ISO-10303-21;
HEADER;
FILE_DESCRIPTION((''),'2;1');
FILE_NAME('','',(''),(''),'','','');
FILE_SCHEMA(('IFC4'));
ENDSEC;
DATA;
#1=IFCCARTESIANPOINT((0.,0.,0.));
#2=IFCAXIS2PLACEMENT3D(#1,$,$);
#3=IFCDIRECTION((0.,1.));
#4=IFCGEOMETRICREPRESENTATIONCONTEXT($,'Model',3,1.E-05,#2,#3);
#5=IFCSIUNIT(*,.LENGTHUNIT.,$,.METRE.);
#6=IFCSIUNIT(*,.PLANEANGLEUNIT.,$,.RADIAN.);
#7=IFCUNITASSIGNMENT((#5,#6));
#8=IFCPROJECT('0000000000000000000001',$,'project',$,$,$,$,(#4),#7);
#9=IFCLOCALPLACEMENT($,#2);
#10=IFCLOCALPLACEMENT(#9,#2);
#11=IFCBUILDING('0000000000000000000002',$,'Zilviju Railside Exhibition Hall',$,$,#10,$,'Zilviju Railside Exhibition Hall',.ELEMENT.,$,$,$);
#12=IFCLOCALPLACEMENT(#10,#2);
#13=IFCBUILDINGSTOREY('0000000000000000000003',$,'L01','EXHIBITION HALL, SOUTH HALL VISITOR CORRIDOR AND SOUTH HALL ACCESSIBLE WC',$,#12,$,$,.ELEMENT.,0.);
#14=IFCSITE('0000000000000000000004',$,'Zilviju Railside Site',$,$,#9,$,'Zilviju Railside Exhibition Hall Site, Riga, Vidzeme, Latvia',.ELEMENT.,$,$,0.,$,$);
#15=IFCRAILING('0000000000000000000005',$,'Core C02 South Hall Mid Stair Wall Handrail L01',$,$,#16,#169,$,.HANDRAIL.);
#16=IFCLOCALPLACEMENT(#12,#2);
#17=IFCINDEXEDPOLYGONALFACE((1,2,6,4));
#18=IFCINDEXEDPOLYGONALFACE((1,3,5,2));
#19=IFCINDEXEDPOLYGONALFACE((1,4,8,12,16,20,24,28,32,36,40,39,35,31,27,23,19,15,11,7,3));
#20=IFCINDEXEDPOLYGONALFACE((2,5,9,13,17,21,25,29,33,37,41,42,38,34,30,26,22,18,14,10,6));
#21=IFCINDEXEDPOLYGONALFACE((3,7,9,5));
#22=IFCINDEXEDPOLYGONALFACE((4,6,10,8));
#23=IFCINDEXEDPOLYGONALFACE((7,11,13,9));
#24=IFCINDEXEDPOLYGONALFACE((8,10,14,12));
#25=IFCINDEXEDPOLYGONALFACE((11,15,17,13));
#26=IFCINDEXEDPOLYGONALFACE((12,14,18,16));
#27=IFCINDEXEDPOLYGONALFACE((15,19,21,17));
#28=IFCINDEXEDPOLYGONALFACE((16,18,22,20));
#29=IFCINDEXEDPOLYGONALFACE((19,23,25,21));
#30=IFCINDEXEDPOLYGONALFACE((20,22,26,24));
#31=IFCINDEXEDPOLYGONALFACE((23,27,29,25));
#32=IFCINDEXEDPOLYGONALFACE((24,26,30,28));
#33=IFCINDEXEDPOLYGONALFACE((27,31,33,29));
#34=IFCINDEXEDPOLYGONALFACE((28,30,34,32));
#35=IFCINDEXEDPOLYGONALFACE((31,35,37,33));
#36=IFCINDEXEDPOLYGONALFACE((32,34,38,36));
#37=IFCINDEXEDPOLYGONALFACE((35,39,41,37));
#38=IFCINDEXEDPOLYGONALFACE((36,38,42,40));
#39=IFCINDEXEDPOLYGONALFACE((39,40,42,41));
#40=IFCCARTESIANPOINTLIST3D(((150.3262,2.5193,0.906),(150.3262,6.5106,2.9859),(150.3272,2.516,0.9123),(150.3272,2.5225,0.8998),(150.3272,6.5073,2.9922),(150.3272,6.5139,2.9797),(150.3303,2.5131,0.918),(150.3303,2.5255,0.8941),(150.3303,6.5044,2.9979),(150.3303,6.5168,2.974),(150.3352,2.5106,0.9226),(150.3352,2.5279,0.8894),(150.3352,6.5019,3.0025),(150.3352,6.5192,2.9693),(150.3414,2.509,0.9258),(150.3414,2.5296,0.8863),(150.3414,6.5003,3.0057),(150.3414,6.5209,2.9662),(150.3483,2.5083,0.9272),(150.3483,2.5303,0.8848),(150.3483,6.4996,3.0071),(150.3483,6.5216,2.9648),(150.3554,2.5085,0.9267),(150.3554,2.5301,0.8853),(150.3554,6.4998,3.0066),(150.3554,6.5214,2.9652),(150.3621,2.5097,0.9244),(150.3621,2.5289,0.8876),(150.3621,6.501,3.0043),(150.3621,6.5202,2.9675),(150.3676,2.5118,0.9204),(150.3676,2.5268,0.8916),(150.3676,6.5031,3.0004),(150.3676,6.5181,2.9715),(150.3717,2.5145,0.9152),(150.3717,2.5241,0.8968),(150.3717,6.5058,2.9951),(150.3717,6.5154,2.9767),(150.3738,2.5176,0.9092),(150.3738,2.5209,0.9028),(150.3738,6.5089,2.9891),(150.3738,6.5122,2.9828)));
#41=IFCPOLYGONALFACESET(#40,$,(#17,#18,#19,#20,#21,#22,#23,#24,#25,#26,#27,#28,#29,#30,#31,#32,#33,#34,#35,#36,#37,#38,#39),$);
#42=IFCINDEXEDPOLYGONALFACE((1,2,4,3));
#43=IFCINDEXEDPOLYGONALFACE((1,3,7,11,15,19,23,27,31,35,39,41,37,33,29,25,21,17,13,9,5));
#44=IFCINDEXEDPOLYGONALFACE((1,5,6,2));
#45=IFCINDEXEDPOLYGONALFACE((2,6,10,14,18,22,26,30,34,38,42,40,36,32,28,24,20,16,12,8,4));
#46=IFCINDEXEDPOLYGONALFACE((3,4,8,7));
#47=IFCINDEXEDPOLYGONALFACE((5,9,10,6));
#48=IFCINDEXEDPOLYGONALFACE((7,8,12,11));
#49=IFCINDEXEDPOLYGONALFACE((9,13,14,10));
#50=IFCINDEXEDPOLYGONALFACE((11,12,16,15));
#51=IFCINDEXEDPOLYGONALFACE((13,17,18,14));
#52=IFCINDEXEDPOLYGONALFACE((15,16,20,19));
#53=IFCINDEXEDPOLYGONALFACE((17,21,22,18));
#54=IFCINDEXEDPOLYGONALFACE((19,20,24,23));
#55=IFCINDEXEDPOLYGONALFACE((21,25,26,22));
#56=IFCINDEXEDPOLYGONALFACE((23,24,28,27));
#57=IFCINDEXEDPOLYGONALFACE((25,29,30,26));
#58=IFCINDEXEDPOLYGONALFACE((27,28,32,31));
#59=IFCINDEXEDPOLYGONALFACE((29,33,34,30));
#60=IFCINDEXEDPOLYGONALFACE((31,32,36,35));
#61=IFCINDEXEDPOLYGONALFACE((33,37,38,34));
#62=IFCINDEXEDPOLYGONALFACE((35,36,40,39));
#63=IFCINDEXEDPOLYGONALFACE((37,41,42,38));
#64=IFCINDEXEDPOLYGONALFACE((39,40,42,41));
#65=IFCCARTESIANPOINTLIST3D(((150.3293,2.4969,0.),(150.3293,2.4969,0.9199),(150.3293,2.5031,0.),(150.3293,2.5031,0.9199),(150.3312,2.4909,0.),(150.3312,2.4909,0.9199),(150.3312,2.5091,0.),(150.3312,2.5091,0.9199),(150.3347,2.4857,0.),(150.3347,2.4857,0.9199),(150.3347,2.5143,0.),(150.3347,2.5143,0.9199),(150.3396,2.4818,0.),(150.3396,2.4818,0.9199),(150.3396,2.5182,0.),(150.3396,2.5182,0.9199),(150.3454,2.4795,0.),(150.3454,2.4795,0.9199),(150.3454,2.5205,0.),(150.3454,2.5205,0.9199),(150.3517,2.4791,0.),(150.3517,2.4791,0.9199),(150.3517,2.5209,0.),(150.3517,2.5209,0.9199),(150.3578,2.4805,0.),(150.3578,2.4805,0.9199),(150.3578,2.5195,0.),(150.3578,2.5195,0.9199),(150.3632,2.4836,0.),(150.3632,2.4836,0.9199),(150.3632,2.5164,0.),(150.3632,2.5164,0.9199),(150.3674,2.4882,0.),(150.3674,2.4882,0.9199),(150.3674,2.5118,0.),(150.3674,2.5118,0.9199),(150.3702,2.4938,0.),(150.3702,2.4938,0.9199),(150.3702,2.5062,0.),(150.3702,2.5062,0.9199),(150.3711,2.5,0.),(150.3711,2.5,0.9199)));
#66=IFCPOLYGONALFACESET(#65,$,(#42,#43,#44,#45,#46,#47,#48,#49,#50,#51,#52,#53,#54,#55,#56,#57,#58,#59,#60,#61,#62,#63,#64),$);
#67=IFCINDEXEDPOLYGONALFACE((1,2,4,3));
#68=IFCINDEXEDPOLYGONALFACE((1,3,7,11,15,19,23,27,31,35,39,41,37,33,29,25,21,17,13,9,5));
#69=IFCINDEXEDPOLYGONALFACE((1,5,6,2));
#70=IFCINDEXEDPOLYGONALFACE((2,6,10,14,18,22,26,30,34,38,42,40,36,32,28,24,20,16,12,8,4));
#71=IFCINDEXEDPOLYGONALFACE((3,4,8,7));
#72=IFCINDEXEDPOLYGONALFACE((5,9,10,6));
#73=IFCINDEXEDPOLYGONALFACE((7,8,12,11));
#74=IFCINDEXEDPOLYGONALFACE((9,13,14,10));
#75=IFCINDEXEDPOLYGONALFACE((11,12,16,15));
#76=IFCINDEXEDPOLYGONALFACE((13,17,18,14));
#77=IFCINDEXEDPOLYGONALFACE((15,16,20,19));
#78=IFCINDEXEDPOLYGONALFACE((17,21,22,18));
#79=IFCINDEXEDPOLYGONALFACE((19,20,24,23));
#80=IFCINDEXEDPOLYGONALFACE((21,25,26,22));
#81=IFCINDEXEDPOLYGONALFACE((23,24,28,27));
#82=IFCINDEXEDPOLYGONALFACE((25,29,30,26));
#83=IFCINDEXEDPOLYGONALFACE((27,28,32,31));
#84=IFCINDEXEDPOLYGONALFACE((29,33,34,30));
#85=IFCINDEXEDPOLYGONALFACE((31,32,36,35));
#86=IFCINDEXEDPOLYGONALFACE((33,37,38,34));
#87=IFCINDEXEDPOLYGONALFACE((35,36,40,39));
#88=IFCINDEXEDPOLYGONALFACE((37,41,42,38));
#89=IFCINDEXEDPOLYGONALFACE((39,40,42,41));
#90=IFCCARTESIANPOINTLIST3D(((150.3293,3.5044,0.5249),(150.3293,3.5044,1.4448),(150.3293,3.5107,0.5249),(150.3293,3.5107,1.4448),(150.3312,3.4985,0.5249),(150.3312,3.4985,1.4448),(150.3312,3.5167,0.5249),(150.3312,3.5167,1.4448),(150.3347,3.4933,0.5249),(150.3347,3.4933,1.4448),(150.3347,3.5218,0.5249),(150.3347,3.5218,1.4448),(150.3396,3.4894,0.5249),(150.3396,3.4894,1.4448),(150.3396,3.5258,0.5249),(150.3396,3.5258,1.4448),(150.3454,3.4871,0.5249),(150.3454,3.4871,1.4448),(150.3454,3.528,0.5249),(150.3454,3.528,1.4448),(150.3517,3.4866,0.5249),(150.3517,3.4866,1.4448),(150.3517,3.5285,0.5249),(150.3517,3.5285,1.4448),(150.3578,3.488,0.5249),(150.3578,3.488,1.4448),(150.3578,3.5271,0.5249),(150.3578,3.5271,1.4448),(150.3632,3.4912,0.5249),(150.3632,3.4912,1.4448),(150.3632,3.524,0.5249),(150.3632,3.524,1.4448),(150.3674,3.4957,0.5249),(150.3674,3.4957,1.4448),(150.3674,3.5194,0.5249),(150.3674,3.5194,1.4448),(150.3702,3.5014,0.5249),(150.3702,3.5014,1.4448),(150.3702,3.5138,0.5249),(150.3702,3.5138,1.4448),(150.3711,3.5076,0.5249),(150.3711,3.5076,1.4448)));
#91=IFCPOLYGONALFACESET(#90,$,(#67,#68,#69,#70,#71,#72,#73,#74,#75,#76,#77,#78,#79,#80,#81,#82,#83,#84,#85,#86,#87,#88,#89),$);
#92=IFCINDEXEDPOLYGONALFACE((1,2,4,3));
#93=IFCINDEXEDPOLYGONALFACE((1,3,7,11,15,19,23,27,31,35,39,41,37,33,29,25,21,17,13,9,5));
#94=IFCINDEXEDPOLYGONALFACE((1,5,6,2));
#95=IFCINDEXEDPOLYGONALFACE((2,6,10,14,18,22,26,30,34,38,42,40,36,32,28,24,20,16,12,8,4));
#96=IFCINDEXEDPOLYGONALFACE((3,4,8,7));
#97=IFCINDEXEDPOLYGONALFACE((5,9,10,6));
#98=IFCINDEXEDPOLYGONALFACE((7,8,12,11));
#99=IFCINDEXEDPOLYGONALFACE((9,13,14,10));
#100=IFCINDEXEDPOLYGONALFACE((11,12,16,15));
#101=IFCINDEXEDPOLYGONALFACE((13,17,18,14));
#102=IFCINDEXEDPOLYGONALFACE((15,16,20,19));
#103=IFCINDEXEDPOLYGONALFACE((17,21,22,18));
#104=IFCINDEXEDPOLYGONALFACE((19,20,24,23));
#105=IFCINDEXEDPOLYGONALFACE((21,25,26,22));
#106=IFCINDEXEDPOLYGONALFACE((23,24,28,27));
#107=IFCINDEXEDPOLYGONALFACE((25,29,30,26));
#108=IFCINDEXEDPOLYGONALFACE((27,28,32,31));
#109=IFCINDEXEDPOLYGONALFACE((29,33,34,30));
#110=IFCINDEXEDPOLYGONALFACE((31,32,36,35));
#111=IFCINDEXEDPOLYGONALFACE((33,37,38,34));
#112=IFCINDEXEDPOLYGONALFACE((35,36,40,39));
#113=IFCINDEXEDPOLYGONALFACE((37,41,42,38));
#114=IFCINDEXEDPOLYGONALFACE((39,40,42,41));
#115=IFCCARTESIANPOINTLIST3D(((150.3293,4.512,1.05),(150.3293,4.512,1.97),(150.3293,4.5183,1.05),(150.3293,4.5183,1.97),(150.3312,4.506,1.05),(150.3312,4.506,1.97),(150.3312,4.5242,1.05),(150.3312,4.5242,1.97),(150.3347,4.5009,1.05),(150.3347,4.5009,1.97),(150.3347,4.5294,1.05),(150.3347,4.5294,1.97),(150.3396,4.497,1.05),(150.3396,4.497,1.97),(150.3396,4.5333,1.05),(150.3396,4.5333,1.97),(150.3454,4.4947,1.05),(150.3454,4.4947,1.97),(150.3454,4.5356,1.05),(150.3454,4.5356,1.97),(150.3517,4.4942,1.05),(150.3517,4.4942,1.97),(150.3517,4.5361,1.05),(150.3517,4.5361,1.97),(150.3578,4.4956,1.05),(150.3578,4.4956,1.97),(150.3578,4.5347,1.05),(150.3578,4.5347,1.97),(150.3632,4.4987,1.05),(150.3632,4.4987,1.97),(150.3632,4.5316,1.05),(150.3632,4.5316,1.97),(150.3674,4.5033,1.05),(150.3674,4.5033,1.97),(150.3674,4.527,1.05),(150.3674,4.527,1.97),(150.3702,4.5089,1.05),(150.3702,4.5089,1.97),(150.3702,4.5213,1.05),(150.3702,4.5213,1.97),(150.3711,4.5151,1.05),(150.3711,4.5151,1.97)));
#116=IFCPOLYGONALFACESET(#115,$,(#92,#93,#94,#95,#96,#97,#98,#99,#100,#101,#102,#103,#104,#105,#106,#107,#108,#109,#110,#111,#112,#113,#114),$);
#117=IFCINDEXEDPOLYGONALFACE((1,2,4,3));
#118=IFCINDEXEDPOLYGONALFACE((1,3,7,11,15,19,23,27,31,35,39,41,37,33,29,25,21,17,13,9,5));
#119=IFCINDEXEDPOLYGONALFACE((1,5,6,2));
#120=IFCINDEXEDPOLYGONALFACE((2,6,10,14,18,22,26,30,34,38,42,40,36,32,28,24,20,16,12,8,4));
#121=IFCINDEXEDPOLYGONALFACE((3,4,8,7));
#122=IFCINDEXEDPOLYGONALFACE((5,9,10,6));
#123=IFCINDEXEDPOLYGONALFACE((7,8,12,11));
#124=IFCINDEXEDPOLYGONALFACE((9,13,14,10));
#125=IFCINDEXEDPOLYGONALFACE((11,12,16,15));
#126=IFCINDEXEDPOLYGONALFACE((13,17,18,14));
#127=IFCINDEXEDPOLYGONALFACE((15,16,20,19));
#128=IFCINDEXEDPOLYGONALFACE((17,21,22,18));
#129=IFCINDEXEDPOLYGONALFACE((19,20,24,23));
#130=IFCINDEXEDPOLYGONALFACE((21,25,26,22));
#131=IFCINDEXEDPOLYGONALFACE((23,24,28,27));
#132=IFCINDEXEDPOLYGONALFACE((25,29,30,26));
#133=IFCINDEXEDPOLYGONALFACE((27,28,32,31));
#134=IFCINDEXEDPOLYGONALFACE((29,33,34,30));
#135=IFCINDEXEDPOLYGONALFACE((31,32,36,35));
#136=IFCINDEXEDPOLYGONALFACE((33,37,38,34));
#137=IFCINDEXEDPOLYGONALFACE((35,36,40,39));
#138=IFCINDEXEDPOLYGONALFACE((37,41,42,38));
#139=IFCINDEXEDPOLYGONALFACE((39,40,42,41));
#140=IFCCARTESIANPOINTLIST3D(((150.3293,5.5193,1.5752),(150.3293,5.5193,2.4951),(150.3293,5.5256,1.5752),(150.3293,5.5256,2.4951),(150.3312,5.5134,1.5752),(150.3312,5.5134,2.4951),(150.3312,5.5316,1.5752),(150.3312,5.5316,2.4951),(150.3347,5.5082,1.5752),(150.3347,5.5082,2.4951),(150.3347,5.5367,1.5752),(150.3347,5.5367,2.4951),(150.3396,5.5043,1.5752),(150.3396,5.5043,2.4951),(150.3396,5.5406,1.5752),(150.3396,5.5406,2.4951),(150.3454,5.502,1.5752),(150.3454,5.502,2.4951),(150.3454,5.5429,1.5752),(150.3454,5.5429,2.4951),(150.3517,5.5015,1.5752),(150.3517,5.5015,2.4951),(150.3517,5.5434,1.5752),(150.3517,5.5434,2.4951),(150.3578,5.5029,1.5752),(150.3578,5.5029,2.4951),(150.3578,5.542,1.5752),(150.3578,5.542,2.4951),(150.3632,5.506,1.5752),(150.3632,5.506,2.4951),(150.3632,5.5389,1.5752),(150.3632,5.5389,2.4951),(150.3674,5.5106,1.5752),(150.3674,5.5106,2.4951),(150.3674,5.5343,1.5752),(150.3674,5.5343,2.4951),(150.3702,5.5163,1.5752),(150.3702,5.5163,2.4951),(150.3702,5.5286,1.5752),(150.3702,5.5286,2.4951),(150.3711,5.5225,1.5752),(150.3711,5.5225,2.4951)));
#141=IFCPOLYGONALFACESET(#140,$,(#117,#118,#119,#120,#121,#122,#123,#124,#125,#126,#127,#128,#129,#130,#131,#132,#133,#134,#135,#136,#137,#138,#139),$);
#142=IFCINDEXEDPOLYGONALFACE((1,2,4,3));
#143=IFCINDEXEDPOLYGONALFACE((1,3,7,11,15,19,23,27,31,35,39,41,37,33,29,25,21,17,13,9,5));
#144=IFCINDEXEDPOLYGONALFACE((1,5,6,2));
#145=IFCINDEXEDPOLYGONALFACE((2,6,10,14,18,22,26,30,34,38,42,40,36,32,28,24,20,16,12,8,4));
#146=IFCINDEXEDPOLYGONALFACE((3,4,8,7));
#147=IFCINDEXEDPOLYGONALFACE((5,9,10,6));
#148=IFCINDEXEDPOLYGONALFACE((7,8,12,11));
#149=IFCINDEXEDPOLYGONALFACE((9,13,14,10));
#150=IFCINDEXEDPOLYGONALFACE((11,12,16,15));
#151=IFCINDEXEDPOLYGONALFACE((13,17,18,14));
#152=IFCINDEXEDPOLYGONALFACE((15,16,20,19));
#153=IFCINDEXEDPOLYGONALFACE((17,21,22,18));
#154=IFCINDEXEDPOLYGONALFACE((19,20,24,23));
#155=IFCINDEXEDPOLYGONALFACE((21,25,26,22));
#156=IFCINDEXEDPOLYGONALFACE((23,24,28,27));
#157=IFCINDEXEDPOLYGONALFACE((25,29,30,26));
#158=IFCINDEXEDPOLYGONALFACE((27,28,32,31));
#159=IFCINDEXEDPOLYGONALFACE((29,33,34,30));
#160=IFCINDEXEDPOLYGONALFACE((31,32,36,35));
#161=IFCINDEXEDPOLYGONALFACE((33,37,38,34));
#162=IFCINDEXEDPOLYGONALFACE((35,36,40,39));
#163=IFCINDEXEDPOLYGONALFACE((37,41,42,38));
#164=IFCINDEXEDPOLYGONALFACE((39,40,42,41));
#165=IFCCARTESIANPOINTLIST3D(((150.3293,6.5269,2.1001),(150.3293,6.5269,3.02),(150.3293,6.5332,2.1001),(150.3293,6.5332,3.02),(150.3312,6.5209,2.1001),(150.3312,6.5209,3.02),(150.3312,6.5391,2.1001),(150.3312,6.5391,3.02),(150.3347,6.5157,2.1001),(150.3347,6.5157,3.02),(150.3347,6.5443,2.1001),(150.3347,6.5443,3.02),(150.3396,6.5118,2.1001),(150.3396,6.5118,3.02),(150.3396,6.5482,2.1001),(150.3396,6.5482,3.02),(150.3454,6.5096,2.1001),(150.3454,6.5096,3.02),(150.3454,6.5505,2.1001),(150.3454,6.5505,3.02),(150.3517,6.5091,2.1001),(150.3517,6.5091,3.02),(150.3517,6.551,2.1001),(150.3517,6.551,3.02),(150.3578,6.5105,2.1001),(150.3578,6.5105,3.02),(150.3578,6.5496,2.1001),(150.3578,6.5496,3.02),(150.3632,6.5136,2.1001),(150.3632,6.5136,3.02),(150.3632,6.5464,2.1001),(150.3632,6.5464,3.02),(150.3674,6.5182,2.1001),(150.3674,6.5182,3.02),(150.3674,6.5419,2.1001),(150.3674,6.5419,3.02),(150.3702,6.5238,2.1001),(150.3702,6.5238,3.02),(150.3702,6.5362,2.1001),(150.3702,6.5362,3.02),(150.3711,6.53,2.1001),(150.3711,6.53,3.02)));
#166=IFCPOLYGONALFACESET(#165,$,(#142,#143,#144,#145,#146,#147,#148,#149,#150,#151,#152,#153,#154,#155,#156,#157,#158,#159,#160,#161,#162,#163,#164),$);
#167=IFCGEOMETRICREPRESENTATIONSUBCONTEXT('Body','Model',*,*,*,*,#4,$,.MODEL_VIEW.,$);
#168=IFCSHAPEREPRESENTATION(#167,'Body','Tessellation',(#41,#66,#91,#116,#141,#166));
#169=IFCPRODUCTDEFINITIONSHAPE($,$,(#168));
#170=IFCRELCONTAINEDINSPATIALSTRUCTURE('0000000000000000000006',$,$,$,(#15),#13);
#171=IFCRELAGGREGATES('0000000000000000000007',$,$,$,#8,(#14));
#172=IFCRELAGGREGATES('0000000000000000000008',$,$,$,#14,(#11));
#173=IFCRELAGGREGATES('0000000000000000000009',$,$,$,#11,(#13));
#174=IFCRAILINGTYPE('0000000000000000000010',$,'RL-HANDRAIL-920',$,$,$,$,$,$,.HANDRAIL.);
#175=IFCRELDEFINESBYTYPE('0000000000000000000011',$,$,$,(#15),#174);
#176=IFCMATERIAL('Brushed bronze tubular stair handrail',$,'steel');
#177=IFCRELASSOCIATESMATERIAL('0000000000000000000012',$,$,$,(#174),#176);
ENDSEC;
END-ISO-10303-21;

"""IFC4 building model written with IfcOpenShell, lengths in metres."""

from ifc_helpers import new_model, si_unit, direction, frame, origin, origin_2d, place, context, subcontext, project, spatial, circle, extrude, material, type_object, element, save


model = new_model("IFC4")

# Units and contexts
model_context = context("Model", 3, precision=1e-05, world=origin(), true_north=direction((0.0, 1.0)))
body_context = subcontext(model_context, "Body", "Model", "MODEL_VIEW")
ifc_project = project(units=[si_unit("LENGTHUNIT", "METRE"), si_unit("PLANEANGLEUNIT", "RADIAN")], contexts=[model_context])

# Site, building, storey
site_placement = place(None, origin())
site = spatial("IfcSite", under=ifc_project, at=site_placement, Name="Zilviju Railside Site", LongName="Zilviju Railside Exhibition Hall Site, Riga, Vidzeme, Latvia", CompositionType="ELEMENT", RefElevation=0.0)
building_placement = place(site_placement, origin())
building = spatial("IfcBuilding", under=site, at=building_placement, Name="Zilviju Railside Exhibition Hall", LongName="Zilviju Railside Exhibition Hall", CompositionType="ELEMENT")
storey_placement = place(building_placement, origin())
storey = spatial("IfcBuildingStorey", under=building, at=storey_placement, Name="L01", Description="EXHIBITION HALL, SOUTH HALL VISITOR CORRIDOR AND SOUTH HALL ACCESSIBLE WC", CompositionType="ELEMENT", Elevation=0.0)

# Railing
ifc_material_1 = material(Name="Brushed bronze tubular stair handrail", Category="steel")
railing_type_1 = type_object("IfcRailingType", Name="RL-HANDRAIL-920", PredefinedType="HANDRAIL", material=ifc_material_1)
railing_1_placement = place(storey_placement, frame((150.3501, 2.5, 0.0)))
element("IfcRailing", 1, at=railing_1_placement, inside=storey, type_object=railing_type_1, Name="Core C02 South Hall Mid Stair Wall Handrail L01", PredefinedType="HANDRAIL", context=body_context, shape_type="SweptSolid", body=[
    extrude(circle(Radius=0.0239, at=origin_2d()), frame((0.0, 0.0193, 0.906), z_axis=(0.0, 0.886813, 0.462129), x_axis=(-1.0, 0.0, 0.0)), (0.0, 0.0, 1.0), 4.5007),
    extrude(circle(Radius=0.021, at=origin_2d()), origin(), (0.0, 0.0, 1.0), 0.9199),
    extrude(circle(Radius=0.021, at=origin_2d()), frame((0.0, 1.0076, 0.5249)), (0.0, 0.0, 1.0), 0.9199),
    extrude(circle(Radius=0.021, at=origin_2d()), frame((0.0, 2.0151, 1.05)), (0.0, 0.0, 1.0), 0.9199),
    extrude(circle(Radius=0.021, at=origin_2d()), frame((0.0, 3.0225, 1.5752)), (0.0, 0.0, 1.0), 0.9199),
    extrude(circle(Radius=0.021, at=origin_2d()), frame((0.0, 4.03, 2.1001)), (0.0, 0.0, 1.0), 0.9199),
])

save(model, "model.ifc")
